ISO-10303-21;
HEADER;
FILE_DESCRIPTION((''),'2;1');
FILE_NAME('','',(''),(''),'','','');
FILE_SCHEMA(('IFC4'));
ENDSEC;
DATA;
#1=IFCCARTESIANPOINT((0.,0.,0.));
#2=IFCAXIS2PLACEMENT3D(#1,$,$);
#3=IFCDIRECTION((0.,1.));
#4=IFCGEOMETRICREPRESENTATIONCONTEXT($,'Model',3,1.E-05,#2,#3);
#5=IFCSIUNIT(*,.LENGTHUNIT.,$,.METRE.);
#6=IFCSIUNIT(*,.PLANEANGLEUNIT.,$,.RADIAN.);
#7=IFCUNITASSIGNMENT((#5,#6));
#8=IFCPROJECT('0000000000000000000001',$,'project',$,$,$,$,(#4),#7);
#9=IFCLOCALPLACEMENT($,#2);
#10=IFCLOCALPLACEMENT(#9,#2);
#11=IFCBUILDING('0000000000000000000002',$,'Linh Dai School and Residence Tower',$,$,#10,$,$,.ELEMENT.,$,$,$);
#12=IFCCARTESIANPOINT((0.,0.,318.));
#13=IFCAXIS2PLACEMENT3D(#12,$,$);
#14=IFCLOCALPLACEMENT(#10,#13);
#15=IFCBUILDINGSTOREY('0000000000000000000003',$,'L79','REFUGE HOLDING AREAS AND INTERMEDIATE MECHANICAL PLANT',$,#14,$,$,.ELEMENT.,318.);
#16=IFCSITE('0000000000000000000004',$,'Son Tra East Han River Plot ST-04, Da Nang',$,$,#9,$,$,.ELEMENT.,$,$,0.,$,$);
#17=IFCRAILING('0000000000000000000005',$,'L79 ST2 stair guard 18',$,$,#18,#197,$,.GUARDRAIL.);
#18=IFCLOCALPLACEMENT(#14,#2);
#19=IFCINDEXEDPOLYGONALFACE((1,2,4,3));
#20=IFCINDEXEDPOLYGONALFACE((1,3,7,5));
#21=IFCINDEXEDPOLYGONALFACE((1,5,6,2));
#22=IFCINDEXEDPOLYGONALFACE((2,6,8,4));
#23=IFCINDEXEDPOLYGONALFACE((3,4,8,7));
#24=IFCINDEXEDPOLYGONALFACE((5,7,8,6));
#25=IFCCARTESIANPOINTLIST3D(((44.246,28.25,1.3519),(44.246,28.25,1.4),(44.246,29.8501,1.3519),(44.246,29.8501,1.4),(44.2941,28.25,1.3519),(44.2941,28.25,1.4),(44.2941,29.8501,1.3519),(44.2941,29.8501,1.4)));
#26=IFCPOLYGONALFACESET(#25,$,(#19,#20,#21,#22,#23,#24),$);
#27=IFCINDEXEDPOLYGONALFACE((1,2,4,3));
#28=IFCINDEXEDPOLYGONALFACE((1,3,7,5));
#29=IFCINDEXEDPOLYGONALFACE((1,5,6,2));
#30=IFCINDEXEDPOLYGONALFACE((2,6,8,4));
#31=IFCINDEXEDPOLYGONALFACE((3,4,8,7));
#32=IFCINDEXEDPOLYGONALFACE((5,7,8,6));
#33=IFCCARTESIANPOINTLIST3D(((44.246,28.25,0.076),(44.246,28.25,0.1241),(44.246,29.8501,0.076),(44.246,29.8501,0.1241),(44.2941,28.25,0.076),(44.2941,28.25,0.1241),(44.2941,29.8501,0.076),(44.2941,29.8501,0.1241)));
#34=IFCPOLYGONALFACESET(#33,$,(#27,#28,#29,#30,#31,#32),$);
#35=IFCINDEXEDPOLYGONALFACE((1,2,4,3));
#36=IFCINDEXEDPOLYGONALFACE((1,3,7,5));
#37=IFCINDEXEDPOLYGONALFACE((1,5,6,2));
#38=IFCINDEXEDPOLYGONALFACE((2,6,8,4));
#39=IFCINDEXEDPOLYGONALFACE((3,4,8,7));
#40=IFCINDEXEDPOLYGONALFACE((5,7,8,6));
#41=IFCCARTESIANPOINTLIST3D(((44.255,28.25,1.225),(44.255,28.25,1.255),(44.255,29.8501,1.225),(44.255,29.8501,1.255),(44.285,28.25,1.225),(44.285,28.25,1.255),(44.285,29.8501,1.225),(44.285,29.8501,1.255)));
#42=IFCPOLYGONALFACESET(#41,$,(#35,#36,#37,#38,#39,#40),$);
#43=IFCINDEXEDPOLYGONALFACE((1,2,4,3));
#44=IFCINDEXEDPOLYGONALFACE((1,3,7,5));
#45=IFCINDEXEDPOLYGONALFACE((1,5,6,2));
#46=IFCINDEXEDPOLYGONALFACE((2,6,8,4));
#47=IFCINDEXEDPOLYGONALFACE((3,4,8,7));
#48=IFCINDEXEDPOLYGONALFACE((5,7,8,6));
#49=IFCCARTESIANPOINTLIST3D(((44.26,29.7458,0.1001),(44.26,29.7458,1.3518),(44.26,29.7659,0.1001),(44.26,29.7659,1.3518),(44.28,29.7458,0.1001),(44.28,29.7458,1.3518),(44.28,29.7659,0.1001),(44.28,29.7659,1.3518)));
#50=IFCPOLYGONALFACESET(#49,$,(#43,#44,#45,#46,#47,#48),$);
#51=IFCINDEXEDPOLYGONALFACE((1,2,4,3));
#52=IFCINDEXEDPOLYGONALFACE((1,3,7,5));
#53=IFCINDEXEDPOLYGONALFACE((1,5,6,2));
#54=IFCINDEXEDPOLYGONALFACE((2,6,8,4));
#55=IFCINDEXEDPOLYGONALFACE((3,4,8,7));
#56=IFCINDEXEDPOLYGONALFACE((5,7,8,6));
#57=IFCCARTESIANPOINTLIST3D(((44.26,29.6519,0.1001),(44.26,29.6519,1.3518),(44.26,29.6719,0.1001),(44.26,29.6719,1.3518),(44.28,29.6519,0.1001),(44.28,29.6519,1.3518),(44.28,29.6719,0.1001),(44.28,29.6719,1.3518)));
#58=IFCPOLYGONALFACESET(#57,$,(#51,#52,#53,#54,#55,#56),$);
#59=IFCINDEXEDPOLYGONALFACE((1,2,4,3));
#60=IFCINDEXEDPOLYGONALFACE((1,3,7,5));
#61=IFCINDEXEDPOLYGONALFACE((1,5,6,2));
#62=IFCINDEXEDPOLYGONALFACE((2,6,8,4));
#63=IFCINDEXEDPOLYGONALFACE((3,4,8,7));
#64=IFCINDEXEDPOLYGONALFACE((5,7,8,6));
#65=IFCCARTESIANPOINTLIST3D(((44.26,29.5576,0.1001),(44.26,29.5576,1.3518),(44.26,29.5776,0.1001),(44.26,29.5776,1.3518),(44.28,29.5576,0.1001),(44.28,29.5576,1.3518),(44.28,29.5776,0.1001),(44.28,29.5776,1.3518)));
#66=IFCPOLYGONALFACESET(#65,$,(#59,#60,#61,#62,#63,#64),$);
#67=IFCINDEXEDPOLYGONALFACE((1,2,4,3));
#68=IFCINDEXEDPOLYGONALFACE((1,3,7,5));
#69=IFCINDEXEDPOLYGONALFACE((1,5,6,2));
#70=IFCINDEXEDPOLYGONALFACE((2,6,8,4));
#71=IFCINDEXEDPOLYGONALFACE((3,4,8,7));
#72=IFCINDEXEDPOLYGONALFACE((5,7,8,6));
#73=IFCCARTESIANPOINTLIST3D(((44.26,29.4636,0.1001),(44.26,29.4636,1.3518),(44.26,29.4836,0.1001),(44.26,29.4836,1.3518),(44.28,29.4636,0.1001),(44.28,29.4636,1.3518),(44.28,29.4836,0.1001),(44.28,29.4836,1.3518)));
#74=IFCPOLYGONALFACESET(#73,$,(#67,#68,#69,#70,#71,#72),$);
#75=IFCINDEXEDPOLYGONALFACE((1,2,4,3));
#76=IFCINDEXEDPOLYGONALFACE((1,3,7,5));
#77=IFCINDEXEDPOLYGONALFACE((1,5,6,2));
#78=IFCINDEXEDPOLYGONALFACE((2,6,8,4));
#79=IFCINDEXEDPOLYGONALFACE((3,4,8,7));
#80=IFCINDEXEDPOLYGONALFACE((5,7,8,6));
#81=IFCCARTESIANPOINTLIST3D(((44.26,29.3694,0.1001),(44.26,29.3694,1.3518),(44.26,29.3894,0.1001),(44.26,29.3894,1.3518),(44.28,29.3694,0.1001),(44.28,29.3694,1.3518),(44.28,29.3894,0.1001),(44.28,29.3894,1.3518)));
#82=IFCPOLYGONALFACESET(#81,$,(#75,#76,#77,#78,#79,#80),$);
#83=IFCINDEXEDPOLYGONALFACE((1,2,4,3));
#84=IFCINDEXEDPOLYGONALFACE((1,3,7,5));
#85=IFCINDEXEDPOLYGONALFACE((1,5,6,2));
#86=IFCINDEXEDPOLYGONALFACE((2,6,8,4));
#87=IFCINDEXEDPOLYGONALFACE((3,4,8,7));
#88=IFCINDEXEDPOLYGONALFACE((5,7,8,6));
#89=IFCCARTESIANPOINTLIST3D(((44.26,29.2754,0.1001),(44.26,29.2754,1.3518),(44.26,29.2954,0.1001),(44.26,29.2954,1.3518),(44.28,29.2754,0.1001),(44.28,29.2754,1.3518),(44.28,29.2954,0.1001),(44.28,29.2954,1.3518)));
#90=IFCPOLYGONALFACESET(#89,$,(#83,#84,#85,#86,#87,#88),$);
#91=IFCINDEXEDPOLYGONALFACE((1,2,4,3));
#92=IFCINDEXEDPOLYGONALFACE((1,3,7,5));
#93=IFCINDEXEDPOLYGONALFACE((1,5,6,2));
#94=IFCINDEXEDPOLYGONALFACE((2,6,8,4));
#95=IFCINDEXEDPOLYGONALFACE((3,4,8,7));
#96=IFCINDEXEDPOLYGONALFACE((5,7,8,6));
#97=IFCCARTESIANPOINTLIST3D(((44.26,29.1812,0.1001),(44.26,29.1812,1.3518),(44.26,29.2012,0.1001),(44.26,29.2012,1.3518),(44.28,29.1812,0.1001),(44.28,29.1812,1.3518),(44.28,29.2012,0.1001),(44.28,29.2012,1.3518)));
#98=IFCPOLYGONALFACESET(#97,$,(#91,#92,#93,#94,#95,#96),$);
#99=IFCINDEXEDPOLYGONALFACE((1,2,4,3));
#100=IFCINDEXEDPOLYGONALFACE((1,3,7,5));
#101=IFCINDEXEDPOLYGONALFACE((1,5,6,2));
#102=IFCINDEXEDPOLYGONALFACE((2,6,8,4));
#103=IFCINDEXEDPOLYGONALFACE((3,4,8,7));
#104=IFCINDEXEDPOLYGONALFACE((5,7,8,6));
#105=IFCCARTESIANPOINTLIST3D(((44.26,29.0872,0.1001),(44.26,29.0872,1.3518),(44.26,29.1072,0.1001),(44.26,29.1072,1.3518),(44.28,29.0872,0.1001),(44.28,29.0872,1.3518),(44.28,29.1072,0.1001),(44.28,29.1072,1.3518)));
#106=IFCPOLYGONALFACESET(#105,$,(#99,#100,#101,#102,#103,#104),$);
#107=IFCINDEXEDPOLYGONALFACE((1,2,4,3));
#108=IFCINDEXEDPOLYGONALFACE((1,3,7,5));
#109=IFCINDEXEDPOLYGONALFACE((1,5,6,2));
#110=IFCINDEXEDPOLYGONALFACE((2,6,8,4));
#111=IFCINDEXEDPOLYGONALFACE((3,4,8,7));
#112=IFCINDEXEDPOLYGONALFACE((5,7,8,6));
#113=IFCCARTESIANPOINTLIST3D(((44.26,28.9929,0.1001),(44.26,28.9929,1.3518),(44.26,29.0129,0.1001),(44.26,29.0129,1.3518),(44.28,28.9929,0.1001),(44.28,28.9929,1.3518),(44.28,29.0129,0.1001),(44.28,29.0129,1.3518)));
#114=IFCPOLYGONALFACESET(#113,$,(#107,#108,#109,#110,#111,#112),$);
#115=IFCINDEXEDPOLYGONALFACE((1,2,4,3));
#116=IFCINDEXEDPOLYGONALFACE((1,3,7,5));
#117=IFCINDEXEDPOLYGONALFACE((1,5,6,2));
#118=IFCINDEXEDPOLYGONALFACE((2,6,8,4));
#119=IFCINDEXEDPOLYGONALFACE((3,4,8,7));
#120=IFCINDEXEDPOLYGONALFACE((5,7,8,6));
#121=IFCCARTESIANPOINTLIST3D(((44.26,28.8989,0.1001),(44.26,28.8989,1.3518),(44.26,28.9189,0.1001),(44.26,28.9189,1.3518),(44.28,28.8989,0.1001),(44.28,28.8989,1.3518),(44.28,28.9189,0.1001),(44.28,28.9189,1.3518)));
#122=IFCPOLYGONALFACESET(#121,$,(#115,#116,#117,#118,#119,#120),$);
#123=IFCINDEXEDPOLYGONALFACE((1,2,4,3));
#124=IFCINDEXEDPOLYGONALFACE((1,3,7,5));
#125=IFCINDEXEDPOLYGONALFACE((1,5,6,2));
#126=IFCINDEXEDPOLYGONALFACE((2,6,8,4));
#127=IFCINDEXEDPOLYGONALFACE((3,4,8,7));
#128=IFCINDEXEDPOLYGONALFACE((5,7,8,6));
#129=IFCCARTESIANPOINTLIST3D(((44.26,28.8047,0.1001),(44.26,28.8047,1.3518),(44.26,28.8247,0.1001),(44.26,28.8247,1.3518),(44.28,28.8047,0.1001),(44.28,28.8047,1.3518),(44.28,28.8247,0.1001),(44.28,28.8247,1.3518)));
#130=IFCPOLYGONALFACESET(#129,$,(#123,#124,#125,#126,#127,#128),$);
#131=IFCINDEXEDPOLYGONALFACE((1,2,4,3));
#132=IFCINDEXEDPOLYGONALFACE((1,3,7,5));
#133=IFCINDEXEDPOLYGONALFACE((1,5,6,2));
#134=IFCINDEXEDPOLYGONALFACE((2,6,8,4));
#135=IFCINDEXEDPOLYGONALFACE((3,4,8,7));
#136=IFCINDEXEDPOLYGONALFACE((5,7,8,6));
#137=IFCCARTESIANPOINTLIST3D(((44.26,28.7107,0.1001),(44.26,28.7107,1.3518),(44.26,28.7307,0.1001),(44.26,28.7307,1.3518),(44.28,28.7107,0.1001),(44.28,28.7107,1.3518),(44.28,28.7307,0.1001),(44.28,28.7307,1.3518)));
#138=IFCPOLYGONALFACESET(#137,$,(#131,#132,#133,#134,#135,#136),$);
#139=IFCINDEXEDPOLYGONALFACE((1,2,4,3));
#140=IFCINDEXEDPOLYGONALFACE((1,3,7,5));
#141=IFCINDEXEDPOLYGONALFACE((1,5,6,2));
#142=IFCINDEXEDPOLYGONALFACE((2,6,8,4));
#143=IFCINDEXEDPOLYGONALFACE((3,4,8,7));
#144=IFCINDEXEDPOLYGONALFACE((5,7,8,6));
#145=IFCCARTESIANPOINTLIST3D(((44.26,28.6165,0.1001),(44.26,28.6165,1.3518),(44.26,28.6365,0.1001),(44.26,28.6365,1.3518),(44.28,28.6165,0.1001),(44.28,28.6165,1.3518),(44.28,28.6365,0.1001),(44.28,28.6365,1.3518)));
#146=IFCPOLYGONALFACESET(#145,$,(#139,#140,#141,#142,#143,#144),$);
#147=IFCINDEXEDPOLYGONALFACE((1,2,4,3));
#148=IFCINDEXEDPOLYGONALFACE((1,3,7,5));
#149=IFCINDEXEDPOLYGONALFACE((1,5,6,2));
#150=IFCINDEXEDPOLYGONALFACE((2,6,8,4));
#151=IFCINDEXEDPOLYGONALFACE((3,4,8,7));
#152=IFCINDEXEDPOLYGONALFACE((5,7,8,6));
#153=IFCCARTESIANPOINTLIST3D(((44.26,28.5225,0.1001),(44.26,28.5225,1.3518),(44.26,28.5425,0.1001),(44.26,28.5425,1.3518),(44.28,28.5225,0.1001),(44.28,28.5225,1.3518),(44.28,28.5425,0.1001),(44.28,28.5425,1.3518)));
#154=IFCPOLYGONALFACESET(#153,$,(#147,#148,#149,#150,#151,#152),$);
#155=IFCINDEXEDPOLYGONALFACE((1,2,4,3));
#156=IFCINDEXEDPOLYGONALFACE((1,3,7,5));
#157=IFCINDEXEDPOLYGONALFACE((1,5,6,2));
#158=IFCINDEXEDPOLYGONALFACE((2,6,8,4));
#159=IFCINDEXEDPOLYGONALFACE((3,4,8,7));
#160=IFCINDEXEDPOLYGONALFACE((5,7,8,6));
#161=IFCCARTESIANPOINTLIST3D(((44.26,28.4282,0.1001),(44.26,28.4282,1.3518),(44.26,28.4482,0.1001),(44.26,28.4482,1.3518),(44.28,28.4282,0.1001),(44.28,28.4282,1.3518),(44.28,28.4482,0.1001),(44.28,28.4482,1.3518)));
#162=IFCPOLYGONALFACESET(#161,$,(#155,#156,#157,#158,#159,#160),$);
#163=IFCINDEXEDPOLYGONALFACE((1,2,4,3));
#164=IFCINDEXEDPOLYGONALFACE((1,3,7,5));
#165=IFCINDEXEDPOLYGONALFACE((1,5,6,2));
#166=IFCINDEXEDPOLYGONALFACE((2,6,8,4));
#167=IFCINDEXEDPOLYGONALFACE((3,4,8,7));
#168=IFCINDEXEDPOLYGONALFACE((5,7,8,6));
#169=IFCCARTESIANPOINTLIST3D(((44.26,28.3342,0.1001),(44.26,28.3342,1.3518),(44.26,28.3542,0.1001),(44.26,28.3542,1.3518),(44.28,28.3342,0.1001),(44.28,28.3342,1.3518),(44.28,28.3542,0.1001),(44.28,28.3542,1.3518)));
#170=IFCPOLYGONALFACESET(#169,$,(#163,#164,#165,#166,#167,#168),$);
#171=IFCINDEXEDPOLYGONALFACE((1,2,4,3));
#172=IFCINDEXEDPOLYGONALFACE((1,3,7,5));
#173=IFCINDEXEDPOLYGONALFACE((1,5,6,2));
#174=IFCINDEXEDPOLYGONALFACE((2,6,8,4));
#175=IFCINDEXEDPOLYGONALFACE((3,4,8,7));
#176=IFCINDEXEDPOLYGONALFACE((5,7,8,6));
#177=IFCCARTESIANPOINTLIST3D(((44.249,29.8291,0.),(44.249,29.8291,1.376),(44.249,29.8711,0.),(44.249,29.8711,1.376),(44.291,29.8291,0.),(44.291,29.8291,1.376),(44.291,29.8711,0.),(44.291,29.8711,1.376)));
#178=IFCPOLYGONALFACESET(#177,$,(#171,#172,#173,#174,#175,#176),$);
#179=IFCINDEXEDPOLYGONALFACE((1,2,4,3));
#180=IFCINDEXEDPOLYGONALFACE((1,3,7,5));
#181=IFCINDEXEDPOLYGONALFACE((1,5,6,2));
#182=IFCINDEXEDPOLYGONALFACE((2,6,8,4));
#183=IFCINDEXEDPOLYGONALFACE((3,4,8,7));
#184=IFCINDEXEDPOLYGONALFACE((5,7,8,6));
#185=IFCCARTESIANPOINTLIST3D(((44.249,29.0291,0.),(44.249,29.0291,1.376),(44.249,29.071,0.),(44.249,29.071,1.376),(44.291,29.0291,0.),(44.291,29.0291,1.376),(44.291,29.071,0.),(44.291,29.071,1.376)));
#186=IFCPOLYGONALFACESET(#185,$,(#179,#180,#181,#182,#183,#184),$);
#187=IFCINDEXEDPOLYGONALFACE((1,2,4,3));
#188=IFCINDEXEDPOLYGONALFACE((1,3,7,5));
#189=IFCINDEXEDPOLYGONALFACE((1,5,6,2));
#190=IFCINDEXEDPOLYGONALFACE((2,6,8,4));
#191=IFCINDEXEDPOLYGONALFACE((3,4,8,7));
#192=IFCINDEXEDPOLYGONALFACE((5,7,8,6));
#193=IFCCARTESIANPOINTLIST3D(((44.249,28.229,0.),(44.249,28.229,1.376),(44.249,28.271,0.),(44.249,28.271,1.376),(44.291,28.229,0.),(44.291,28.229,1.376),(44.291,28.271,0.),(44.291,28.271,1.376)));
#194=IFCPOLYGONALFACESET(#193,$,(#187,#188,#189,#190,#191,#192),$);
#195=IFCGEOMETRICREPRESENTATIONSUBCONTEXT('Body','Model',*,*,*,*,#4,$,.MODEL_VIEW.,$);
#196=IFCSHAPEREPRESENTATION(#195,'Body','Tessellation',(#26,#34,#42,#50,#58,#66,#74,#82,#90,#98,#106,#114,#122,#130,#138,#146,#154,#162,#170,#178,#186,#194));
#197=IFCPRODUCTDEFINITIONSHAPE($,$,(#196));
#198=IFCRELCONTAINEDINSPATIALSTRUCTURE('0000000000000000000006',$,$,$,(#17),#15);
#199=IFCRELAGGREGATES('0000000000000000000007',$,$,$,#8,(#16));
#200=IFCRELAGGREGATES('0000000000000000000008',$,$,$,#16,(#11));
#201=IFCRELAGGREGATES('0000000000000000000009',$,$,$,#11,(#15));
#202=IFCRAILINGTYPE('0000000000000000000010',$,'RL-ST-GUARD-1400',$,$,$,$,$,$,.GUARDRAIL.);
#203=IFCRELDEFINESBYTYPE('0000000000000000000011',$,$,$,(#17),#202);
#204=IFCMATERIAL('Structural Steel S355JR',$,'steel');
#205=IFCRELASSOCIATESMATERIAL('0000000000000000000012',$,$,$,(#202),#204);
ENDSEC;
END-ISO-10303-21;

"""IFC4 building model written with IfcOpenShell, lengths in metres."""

from ifc_helpers import new_model, si_unit, direction, frame, origin, origin_2d, place, context, subcontext, project, spatial, rectangle, extrude, source, transform, mapped, material, type_object, element, save


model = new_model("IFC4")

# Units and contexts
model_context = context("Model", 3, precision=1e-05, world=origin(), true_north=direction((0.0, 1.0)))
body_context = subcontext(model_context, "Body", "Model", "MODEL_VIEW")
ifc_project = project(units=[si_unit("LENGTHUNIT", "METRE"), si_unit("PLANEANGLEUNIT", "RADIAN")], contexts=[model_context])

# Site, building, storey
site_placement = place(None, origin())
site = spatial("IfcSite", under=ifc_project, at=site_placement, Name="Son Tra East Han River Plot ST-04, Da Nang", CompositionType="ELEMENT", RefElevation=0.0)
building_placement = place(site_placement, origin())
building = spatial("IfcBuilding", under=site, at=building_placement, Name="Linh Dai School and Residence Tower", CompositionType="ELEMENT")
storey_placement = place(building_placement, frame((0.0, 0.0, 318.0)))
storey = spatial("IfcBuildingStorey", under=building, at=storey_placement, Name="L79", Description="REFUGE HOLDING AREAS AND INTERMEDIATE MECHANICAL PLANT", CompositionType="ELEMENT", Elevation=318.0)

# Shared definitions
ifc_material_1 = material(Name="Structural Steel S355JR", Category="steel")

# Railing
railing_type_1 = type_object("IfcRailingType", Name="RL-ST-GUARD-1400", PredefinedType="GUARDRAIL", material=ifc_material_1)
shared_shape_1 = source(origin(), body_context, "Body", "SweptSolid", [
    extrude(rectangle(XDim=0.0481, YDim=0.0481, at=origin_2d()), frame((0.0, 0.0, 1.376), z_axis=(0.0, -1.0, 0.0), x_axis=(1.0, 0.0, 0.0)), (0.0, 0.0, 1.0), 1.6001),
    extrude(rectangle(XDim=0.0481, YDim=0.0481, at=origin_2d()), frame((0.0, 0.0, 0.1001), z_axis=(0.0, -1.0, 0.0), x_axis=(1.0, 0.0, 0.0)), (0.0, 0.0, 1.0), 1.6001),
    extrude(rectangle(XDim=0.03, YDim=0.03, at=origin_2d()), frame((0.0, 0.0, 1.24), z_axis=(0.0, -1.0, 0.0), x_axis=(1.0, 0.0, 0.0)), (0.0, 0.0, 1.0), 1.6001),
    extrude(rectangle(XDim=0.02, YDim=0.02, at=origin_2d()), frame((0.0, -0.0942, 0.1001)), (0.0, 0.0, 1.0), 1.2517),
    extrude(rectangle(XDim=0.02, YDim=0.02, at=origin_2d()), frame((0.0, -0.1882, 0.1001)), (0.0, 0.0, 1.0), 1.2517),
    extrude(rectangle(XDim=0.02, YDim=0.02, at=origin_2d()), frame((0.0, -0.2825, 0.1001)), (0.0, 0.0, 1.0), 1.2517),
    extrude(rectangle(XDim=0.02, YDim=0.02, at=origin_2d()), frame((0.0, -0.3765, 0.1001)), (0.0, 0.0, 1.0), 1.2517),
    extrude(rectangle(XDim=0.02, YDim=0.02, at=origin_2d()), frame((0.0, -0.4707, 0.1001)), (0.0, 0.0, 1.0), 1.2517),
    extrude(rectangle(XDim=0.02, YDim=0.02, at=origin_2d()), frame((0.0, -0.5647, 0.1001)), (0.0, 0.0, 1.0), 1.2517),
    extrude(rectangle(XDim=0.02, YDim=0.02, at=origin_2d()), frame((0.0, -0.6589, 0.1001)), (0.0, 0.0, 1.0), 1.2517),
    extrude(rectangle(XDim=0.02, YDim=0.02, at=origin_2d()), frame((0.0, -0.7529, 0.1001)), (0.0, 0.0, 1.0), 1.2517),
    extrude(rectangle(XDim=0.02, YDim=0.02, at=origin_2d()), frame((0.0, -0.8472, 0.1001)), (0.0, 0.0, 1.0), 1.2517),
    extrude(rectangle(XDim=0.02, YDim=0.02, at=origin_2d()), frame((0.0, -0.9412, 0.1001)), (0.0, 0.0, 1.0), 1.2517),
    extrude(rectangle(XDim=0.02, YDim=0.02, at=origin_2d()), frame((0.0, -1.0354, 0.1001)), (0.0, 0.0, 1.0), 1.2517),
    extrude(rectangle(XDim=0.02, YDim=0.02, at=origin_2d()), frame((0.0, -1.1294, 0.1001)), (0.0, 0.0, 1.0), 1.2517),
    extrude(rectangle(XDim=0.02, YDim=0.02, at=origin_2d()), frame((0.0, -1.2236, 0.1001)), (0.0, 0.0, 1.0), 1.2517),
    extrude(rectangle(XDim=0.02, YDim=0.02, at=origin_2d()), frame((0.0, -1.3176, 0.1001)), (0.0, 0.0, 1.0), 1.2517),
    extrude(rectangle(XDim=0.02, YDim=0.02, at=origin_2d()), frame((0.0, -1.4119, 0.1001)), (0.0, 0.0, 1.0), 1.2517),
    extrude(rectangle(XDim=0.02, YDim=0.02, at=origin_2d()), frame((0.0, -1.5059, 0.1001)), (0.0, 0.0, 1.0), 1.2517),
    extrude(rectangle(XDim=0.042, YDim=0.042, at=origin_2d()), origin(), (0.0, 0.0, 1.0), 1.376),
    extrude(rectangle(XDim=0.042, YDim=0.042, at=origin_2d()), frame((0.0, -0.8, 0.0)), (0.0, 0.0, 1.0), 1.376),
    extrude(rectangle(XDim=0.042, YDim=0.042, at=origin_2d()), frame((0.0, -1.6001, 0.0)), (0.0, 0.0, 1.0), 1.376),
])
for number, where, name in (
    (1, (44.27, 29.8501, 0.0), "L79 ST2 stair guard 18"),
):
    element("IfcRailing", number, at=place(storey_placement, frame(where)), inside=storey, type_object=railing_type_1, Name=name, PredefinedType="GUARDRAIL", context=body_context, shape_type="MappedRepresentation", body=[
        mapped(shared_shape_1, transform((0.0, 0.0, 0.0), x_axis=(1.0, 0.0, 0.0), y_axis=(0.0, 1.0, 0.0), z_axis=(0.0, 0.0, 1.0), scale=1.0)),
    ])

save(model, "model.ifc")
